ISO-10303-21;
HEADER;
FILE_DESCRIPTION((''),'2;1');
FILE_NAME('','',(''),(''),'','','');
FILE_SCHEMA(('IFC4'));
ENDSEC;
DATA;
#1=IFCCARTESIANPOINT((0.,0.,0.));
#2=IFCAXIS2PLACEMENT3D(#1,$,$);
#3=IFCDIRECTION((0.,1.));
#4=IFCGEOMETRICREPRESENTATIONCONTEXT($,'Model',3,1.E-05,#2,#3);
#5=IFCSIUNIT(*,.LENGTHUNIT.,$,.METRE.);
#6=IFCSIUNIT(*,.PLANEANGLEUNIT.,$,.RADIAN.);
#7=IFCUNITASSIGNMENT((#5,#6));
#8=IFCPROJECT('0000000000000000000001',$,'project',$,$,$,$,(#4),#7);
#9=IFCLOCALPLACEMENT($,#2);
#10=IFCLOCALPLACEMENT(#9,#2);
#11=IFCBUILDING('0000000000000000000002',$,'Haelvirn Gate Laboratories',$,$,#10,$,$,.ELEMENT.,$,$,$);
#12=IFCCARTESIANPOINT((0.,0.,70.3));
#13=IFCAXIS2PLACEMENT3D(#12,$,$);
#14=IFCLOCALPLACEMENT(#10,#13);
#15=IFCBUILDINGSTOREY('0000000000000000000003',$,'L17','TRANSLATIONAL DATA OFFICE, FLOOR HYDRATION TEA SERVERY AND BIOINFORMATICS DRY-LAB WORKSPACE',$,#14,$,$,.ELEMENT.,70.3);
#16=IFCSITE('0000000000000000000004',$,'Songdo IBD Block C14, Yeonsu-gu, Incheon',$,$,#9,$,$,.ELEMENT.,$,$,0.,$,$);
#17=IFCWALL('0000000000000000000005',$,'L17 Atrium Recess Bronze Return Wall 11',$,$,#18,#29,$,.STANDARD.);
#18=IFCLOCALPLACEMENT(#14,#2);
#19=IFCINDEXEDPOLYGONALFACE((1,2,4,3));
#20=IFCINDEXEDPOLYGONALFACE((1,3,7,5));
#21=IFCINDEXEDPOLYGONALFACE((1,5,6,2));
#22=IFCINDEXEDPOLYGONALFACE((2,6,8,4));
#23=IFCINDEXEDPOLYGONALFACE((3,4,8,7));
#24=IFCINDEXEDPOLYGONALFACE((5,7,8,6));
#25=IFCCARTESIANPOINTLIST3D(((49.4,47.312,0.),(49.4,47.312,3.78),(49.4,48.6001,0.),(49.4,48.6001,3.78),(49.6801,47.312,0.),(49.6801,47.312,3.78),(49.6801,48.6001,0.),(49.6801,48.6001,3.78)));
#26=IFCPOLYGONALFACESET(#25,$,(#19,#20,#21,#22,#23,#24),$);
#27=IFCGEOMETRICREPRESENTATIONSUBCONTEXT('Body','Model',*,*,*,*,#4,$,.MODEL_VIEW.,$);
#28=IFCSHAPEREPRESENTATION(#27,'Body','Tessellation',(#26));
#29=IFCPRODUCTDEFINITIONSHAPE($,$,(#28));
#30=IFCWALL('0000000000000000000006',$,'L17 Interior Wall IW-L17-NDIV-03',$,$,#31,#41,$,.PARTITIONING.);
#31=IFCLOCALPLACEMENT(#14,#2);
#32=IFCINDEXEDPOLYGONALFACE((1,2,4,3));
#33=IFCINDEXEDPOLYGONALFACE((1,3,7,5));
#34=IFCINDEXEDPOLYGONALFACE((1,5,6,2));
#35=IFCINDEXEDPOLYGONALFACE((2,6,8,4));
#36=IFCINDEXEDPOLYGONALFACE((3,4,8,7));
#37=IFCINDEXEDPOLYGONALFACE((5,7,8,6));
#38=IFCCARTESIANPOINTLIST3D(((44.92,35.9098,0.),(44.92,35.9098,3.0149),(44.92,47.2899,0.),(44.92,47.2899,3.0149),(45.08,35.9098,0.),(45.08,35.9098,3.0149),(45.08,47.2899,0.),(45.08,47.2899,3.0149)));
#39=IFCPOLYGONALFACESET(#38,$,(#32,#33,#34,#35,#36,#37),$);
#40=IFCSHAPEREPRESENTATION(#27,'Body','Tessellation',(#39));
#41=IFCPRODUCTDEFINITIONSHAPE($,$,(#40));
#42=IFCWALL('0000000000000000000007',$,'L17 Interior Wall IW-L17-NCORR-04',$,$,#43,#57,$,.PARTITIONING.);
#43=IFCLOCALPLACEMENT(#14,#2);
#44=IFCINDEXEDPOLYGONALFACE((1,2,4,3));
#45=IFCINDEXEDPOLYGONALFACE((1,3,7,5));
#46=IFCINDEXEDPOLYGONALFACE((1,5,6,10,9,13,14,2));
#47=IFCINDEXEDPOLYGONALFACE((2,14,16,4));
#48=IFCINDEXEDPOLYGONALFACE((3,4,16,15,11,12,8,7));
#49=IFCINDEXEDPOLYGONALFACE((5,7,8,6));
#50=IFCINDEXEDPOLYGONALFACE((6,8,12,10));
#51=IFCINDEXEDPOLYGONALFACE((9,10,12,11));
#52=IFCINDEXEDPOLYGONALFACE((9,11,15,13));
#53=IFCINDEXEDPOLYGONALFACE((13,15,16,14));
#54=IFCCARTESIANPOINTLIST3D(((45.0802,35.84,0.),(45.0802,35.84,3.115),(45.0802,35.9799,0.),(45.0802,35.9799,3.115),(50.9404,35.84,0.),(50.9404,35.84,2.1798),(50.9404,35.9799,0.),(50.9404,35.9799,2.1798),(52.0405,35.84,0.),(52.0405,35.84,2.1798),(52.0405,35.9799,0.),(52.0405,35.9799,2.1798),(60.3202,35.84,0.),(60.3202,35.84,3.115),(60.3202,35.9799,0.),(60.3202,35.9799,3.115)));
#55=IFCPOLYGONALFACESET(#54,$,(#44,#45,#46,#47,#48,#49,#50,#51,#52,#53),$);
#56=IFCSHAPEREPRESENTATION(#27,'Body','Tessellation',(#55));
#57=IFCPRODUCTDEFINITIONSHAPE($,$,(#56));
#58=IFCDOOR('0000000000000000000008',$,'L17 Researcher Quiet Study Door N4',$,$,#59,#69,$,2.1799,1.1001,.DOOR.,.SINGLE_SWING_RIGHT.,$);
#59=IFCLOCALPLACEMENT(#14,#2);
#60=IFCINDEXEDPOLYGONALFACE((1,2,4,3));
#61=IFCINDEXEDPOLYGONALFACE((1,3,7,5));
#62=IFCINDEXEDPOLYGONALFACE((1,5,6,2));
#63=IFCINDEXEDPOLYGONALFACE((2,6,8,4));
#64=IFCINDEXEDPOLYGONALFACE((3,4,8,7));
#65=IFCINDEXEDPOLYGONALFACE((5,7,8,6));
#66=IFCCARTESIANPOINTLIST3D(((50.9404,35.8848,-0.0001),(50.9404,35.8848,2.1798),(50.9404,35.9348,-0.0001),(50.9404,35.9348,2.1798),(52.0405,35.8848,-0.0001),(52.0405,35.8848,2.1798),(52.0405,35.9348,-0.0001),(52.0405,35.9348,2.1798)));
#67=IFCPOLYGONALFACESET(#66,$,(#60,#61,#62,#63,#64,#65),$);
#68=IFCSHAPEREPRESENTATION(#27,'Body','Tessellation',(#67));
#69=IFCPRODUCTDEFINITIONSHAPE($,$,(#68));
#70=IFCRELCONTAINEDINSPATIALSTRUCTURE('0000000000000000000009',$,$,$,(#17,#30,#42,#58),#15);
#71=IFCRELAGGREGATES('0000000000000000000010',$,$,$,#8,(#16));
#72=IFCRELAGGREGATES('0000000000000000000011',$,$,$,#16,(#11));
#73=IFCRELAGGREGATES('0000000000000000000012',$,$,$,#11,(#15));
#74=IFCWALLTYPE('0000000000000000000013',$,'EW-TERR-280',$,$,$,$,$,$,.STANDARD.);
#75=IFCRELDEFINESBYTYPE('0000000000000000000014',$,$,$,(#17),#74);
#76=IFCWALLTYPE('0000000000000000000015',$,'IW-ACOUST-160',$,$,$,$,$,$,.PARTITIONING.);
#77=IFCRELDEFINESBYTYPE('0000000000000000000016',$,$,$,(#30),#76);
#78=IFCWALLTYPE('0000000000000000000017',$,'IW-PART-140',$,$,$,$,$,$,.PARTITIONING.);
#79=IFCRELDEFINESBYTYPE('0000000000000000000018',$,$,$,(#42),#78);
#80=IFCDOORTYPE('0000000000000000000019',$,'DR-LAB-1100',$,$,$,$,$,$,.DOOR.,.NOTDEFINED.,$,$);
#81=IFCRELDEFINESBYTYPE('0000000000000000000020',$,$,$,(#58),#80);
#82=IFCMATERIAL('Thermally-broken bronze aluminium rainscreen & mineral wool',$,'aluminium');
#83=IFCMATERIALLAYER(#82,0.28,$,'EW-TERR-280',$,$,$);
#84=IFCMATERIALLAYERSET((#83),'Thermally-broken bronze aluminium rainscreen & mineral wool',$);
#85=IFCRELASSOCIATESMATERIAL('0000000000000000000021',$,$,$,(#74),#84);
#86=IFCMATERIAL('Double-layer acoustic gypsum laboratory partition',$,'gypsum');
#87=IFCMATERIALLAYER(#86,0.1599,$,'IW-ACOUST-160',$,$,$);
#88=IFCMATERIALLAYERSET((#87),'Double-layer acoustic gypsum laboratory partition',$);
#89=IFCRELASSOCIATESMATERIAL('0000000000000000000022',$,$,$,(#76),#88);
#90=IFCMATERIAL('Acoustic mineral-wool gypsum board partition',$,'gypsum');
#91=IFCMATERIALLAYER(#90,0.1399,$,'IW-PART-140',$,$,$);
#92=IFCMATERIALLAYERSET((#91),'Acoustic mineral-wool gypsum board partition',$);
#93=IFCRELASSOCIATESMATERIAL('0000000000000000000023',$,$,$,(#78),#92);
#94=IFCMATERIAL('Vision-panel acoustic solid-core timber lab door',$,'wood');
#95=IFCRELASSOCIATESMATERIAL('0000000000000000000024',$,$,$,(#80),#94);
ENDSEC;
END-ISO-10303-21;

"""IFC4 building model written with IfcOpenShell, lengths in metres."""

from ifc_helpers import new_model, si_unit, direction, frame, frame_2d, origin, place, context, subcontext, project, spatial, rectangle, extrude, source, transform, mapped, material, layer, layer_set, type_object, type_shapes, element, fill, save


model = new_model("IFC4")

# Units and contexts
model_context = context("Model", 3, precision=1e-05, world=origin(), true_north=direction((0.0, 1.0)))
body_context = subcontext(model_context, "Body", "Model", "MODEL_VIEW")
ifc_project = project(units=[si_unit("LENGTHUNIT", "METRE"), si_unit("PLANEANGLEUNIT", "RADIAN")], contexts=[model_context])

# Site, building, storey
site_placement = place(None, origin())
site = spatial("IfcSite", under=ifc_project, at=site_placement, Name="Songdo IBD Block C14, Yeonsu-gu, Incheon", CompositionType="ELEMENT", RefElevation=0.0)
building_placement = place(site_placement, origin())
building = spatial("IfcBuilding", under=site, at=building_placement, Name="Haelvirn Gate Laboratories", CompositionType="ELEMENT")
storey_placement = place(building_placement, frame((0.0, 0.0, 70.3)))
storey = spatial("IfcBuildingStorey", under=building, at=storey_placement, Name="L17", Description="TRANSLATIONAL DATA OFFICE, FLOOR HYDRATION TEA SERVERY AND BIOINFORMATICS DRY-LAB WORKSPACE", CompositionType="ELEMENT", Elevation=70.3)

# Walls
ifc_material_1 = material(Name="Thermally-broken bronze aluminium rainscreen & mineral wool", Category="aluminium")
ifc_layer_1 = layer(ifc_material_1, 0.28, Name="EW-TERR-280")
ifc_layer_set_1 = layer_set([ifc_layer_1], Name="Thermally-broken bronze aluminium rainscreen & mineral wool")
wall_type_1 = type_object("IfcWallType", Name="EW-TERR-280", PredefinedType="STANDARD", material=ifc_layer_set_1)
wall_1_placement = place(storey_placement, frame((49.54, 48.6001, 0.0), z_axis=(0.0, 0.0, 1.0), x_axis=(0.0, -1.0, 0.0)))
element("IfcWall", 1, at=wall_1_placement, inside=storey, type_object=wall_type_1, Name="L17 Atrium Recess Bronze Return Wall 11", PredefinedType="STANDARD", context=body_context, shape_type="SweptSolid", body=[
    extrude(rectangle(XDim=1.2881, YDim=0.28, at=frame_2d((0.644, 0.0))), origin(), (0.0, 0.0, 1.0), 3.78),
])
ifc_material_2 = material(Name="Double-layer acoustic gypsum laboratory partition", Category="gypsum")
ifc_layer_2 = layer(ifc_material_2, 0.1599, Name="IW-ACOUST-160")
ifc_layer_set_2 = layer_set([ifc_layer_2], Name="Double-layer acoustic gypsum laboratory partition")
wall_type_2 = type_object("IfcWallType", Name="IW-ACOUST-160", PredefinedType="PARTITIONING", material=ifc_layer_set_2)
wall_2_placement = place(storey_placement, frame((45.0, 35.9099, 0.0), z_axis=(0.0, 0.0, 1.0), x_axis=(0.0, 1.0, 0.0)))
element("IfcWall", 2, at=wall_2_placement, inside=storey, type_object=wall_type_2, Name="L17 Interior Wall IW-L17-NDIV-03", PredefinedType="PARTITIONING", context=body_context, shape_type="SweptSolid", body=[
    extrude(rectangle(XDim=11.3801, YDim=0.1599, at=frame_2d((5.6899, 0.0))), origin(), (0.0, 0.0, 1.0), 3.0149),
])

# Wall, opening, door
ifc_material_3 = material(Name="Acoustic mineral-wool gypsum board partition", Category="gypsum")
ifc_layer_3 = layer(ifc_material_3, 0.1399, Name="IW-PART-140")
ifc_layer_set_3 = layer_set([ifc_layer_3], Name="Acoustic mineral-wool gypsum board partition")
wall_type_3 = type_object("IfcWallType", Name="IW-PART-140", PredefinedType="PARTITIONING", material=ifc_layer_set_3)
wall_3_placement = place(storey_placement, frame((45.0801, 35.9099, 0.0), z_axis=(0.0, 0.0, 1.0), x_axis=(1.0, 0.0, 0.0)))
wall_3 = element("IfcWall", 3, at=wall_3_placement, inside=storey, type_object=wall_type_3, Name="L17 Interior Wall IW-L17-NCORR-04", PredefinedType="PARTITIONING", context=body_context, shape_type="SweptSolid", body=[
    extrude(rectangle(XDim=15.24, YDim=0.1399, at=frame_2d((7.6201, 0.0))), origin(), (0.0, 0.0, 1.0), 3.115),
])
opening_placement = place(wall_3_placement, frame((5.8604, 0.0, 0.0)))
opening = element("IfcOpeningElement", 4, at=opening_placement, cuts=wall_3, PredefinedType="OPENING", context=body_context, shape_type="SweptSolid", body=[
    extrude(rectangle(XDim=1.1001, YDim=2.1799, at=frame_2d((0.55, 1.0898))), frame((0.0, 0.0801, 0.0), z_axis=(0.0, -1.0, 0.0), x_axis=(1.0, 0.0, 0.0)), (0.0, 0.0, 1.0), 0.1599),
])
ifc_material_4 = material(Name="Vision-panel acoustic solid-core timber lab door", Category="wood")
door_type = type_object("IfcDoorType", Name="DR-LAB-1100", OperationType="NOTDEFINED", PredefinedType="DOOR", material=ifc_material_4)
shared_shape_1 = source(origin(), body_context, "Body", "SweptSolid", [
    extrude(rectangle(XDim=1.1001, YDim=2.1799, at=frame_2d((0.55, 1.0898))), frame((0.0, 0.0249, 0.0), z_axis=(0.0, -1.0, 0.0), x_axis=(1.0, 0.0, 0.0)), (0.0, 0.0, 1.0), 0.05),
])
type_shapes(door_type, [shared_shape_1])
door_placement = place(opening_placement, origin())
door = element("IfcDoor", 5, at=door_placement, inside=storey, type_object=door_type, Name="L17 Researcher Quiet Study Door N4", OperationType="SINGLE_SWING_RIGHT", OverallHeight=2.1799, OverallWidth=1.1001, PredefinedType="DOOR", context=body_context, shape_type="MappedRepresentation", body=[
    mapped(shared_shape_1, transform((0.0, 0.0, 0.0), scale=1.0)),
])
fill(opening, door)

save(model, "model.ifc")
